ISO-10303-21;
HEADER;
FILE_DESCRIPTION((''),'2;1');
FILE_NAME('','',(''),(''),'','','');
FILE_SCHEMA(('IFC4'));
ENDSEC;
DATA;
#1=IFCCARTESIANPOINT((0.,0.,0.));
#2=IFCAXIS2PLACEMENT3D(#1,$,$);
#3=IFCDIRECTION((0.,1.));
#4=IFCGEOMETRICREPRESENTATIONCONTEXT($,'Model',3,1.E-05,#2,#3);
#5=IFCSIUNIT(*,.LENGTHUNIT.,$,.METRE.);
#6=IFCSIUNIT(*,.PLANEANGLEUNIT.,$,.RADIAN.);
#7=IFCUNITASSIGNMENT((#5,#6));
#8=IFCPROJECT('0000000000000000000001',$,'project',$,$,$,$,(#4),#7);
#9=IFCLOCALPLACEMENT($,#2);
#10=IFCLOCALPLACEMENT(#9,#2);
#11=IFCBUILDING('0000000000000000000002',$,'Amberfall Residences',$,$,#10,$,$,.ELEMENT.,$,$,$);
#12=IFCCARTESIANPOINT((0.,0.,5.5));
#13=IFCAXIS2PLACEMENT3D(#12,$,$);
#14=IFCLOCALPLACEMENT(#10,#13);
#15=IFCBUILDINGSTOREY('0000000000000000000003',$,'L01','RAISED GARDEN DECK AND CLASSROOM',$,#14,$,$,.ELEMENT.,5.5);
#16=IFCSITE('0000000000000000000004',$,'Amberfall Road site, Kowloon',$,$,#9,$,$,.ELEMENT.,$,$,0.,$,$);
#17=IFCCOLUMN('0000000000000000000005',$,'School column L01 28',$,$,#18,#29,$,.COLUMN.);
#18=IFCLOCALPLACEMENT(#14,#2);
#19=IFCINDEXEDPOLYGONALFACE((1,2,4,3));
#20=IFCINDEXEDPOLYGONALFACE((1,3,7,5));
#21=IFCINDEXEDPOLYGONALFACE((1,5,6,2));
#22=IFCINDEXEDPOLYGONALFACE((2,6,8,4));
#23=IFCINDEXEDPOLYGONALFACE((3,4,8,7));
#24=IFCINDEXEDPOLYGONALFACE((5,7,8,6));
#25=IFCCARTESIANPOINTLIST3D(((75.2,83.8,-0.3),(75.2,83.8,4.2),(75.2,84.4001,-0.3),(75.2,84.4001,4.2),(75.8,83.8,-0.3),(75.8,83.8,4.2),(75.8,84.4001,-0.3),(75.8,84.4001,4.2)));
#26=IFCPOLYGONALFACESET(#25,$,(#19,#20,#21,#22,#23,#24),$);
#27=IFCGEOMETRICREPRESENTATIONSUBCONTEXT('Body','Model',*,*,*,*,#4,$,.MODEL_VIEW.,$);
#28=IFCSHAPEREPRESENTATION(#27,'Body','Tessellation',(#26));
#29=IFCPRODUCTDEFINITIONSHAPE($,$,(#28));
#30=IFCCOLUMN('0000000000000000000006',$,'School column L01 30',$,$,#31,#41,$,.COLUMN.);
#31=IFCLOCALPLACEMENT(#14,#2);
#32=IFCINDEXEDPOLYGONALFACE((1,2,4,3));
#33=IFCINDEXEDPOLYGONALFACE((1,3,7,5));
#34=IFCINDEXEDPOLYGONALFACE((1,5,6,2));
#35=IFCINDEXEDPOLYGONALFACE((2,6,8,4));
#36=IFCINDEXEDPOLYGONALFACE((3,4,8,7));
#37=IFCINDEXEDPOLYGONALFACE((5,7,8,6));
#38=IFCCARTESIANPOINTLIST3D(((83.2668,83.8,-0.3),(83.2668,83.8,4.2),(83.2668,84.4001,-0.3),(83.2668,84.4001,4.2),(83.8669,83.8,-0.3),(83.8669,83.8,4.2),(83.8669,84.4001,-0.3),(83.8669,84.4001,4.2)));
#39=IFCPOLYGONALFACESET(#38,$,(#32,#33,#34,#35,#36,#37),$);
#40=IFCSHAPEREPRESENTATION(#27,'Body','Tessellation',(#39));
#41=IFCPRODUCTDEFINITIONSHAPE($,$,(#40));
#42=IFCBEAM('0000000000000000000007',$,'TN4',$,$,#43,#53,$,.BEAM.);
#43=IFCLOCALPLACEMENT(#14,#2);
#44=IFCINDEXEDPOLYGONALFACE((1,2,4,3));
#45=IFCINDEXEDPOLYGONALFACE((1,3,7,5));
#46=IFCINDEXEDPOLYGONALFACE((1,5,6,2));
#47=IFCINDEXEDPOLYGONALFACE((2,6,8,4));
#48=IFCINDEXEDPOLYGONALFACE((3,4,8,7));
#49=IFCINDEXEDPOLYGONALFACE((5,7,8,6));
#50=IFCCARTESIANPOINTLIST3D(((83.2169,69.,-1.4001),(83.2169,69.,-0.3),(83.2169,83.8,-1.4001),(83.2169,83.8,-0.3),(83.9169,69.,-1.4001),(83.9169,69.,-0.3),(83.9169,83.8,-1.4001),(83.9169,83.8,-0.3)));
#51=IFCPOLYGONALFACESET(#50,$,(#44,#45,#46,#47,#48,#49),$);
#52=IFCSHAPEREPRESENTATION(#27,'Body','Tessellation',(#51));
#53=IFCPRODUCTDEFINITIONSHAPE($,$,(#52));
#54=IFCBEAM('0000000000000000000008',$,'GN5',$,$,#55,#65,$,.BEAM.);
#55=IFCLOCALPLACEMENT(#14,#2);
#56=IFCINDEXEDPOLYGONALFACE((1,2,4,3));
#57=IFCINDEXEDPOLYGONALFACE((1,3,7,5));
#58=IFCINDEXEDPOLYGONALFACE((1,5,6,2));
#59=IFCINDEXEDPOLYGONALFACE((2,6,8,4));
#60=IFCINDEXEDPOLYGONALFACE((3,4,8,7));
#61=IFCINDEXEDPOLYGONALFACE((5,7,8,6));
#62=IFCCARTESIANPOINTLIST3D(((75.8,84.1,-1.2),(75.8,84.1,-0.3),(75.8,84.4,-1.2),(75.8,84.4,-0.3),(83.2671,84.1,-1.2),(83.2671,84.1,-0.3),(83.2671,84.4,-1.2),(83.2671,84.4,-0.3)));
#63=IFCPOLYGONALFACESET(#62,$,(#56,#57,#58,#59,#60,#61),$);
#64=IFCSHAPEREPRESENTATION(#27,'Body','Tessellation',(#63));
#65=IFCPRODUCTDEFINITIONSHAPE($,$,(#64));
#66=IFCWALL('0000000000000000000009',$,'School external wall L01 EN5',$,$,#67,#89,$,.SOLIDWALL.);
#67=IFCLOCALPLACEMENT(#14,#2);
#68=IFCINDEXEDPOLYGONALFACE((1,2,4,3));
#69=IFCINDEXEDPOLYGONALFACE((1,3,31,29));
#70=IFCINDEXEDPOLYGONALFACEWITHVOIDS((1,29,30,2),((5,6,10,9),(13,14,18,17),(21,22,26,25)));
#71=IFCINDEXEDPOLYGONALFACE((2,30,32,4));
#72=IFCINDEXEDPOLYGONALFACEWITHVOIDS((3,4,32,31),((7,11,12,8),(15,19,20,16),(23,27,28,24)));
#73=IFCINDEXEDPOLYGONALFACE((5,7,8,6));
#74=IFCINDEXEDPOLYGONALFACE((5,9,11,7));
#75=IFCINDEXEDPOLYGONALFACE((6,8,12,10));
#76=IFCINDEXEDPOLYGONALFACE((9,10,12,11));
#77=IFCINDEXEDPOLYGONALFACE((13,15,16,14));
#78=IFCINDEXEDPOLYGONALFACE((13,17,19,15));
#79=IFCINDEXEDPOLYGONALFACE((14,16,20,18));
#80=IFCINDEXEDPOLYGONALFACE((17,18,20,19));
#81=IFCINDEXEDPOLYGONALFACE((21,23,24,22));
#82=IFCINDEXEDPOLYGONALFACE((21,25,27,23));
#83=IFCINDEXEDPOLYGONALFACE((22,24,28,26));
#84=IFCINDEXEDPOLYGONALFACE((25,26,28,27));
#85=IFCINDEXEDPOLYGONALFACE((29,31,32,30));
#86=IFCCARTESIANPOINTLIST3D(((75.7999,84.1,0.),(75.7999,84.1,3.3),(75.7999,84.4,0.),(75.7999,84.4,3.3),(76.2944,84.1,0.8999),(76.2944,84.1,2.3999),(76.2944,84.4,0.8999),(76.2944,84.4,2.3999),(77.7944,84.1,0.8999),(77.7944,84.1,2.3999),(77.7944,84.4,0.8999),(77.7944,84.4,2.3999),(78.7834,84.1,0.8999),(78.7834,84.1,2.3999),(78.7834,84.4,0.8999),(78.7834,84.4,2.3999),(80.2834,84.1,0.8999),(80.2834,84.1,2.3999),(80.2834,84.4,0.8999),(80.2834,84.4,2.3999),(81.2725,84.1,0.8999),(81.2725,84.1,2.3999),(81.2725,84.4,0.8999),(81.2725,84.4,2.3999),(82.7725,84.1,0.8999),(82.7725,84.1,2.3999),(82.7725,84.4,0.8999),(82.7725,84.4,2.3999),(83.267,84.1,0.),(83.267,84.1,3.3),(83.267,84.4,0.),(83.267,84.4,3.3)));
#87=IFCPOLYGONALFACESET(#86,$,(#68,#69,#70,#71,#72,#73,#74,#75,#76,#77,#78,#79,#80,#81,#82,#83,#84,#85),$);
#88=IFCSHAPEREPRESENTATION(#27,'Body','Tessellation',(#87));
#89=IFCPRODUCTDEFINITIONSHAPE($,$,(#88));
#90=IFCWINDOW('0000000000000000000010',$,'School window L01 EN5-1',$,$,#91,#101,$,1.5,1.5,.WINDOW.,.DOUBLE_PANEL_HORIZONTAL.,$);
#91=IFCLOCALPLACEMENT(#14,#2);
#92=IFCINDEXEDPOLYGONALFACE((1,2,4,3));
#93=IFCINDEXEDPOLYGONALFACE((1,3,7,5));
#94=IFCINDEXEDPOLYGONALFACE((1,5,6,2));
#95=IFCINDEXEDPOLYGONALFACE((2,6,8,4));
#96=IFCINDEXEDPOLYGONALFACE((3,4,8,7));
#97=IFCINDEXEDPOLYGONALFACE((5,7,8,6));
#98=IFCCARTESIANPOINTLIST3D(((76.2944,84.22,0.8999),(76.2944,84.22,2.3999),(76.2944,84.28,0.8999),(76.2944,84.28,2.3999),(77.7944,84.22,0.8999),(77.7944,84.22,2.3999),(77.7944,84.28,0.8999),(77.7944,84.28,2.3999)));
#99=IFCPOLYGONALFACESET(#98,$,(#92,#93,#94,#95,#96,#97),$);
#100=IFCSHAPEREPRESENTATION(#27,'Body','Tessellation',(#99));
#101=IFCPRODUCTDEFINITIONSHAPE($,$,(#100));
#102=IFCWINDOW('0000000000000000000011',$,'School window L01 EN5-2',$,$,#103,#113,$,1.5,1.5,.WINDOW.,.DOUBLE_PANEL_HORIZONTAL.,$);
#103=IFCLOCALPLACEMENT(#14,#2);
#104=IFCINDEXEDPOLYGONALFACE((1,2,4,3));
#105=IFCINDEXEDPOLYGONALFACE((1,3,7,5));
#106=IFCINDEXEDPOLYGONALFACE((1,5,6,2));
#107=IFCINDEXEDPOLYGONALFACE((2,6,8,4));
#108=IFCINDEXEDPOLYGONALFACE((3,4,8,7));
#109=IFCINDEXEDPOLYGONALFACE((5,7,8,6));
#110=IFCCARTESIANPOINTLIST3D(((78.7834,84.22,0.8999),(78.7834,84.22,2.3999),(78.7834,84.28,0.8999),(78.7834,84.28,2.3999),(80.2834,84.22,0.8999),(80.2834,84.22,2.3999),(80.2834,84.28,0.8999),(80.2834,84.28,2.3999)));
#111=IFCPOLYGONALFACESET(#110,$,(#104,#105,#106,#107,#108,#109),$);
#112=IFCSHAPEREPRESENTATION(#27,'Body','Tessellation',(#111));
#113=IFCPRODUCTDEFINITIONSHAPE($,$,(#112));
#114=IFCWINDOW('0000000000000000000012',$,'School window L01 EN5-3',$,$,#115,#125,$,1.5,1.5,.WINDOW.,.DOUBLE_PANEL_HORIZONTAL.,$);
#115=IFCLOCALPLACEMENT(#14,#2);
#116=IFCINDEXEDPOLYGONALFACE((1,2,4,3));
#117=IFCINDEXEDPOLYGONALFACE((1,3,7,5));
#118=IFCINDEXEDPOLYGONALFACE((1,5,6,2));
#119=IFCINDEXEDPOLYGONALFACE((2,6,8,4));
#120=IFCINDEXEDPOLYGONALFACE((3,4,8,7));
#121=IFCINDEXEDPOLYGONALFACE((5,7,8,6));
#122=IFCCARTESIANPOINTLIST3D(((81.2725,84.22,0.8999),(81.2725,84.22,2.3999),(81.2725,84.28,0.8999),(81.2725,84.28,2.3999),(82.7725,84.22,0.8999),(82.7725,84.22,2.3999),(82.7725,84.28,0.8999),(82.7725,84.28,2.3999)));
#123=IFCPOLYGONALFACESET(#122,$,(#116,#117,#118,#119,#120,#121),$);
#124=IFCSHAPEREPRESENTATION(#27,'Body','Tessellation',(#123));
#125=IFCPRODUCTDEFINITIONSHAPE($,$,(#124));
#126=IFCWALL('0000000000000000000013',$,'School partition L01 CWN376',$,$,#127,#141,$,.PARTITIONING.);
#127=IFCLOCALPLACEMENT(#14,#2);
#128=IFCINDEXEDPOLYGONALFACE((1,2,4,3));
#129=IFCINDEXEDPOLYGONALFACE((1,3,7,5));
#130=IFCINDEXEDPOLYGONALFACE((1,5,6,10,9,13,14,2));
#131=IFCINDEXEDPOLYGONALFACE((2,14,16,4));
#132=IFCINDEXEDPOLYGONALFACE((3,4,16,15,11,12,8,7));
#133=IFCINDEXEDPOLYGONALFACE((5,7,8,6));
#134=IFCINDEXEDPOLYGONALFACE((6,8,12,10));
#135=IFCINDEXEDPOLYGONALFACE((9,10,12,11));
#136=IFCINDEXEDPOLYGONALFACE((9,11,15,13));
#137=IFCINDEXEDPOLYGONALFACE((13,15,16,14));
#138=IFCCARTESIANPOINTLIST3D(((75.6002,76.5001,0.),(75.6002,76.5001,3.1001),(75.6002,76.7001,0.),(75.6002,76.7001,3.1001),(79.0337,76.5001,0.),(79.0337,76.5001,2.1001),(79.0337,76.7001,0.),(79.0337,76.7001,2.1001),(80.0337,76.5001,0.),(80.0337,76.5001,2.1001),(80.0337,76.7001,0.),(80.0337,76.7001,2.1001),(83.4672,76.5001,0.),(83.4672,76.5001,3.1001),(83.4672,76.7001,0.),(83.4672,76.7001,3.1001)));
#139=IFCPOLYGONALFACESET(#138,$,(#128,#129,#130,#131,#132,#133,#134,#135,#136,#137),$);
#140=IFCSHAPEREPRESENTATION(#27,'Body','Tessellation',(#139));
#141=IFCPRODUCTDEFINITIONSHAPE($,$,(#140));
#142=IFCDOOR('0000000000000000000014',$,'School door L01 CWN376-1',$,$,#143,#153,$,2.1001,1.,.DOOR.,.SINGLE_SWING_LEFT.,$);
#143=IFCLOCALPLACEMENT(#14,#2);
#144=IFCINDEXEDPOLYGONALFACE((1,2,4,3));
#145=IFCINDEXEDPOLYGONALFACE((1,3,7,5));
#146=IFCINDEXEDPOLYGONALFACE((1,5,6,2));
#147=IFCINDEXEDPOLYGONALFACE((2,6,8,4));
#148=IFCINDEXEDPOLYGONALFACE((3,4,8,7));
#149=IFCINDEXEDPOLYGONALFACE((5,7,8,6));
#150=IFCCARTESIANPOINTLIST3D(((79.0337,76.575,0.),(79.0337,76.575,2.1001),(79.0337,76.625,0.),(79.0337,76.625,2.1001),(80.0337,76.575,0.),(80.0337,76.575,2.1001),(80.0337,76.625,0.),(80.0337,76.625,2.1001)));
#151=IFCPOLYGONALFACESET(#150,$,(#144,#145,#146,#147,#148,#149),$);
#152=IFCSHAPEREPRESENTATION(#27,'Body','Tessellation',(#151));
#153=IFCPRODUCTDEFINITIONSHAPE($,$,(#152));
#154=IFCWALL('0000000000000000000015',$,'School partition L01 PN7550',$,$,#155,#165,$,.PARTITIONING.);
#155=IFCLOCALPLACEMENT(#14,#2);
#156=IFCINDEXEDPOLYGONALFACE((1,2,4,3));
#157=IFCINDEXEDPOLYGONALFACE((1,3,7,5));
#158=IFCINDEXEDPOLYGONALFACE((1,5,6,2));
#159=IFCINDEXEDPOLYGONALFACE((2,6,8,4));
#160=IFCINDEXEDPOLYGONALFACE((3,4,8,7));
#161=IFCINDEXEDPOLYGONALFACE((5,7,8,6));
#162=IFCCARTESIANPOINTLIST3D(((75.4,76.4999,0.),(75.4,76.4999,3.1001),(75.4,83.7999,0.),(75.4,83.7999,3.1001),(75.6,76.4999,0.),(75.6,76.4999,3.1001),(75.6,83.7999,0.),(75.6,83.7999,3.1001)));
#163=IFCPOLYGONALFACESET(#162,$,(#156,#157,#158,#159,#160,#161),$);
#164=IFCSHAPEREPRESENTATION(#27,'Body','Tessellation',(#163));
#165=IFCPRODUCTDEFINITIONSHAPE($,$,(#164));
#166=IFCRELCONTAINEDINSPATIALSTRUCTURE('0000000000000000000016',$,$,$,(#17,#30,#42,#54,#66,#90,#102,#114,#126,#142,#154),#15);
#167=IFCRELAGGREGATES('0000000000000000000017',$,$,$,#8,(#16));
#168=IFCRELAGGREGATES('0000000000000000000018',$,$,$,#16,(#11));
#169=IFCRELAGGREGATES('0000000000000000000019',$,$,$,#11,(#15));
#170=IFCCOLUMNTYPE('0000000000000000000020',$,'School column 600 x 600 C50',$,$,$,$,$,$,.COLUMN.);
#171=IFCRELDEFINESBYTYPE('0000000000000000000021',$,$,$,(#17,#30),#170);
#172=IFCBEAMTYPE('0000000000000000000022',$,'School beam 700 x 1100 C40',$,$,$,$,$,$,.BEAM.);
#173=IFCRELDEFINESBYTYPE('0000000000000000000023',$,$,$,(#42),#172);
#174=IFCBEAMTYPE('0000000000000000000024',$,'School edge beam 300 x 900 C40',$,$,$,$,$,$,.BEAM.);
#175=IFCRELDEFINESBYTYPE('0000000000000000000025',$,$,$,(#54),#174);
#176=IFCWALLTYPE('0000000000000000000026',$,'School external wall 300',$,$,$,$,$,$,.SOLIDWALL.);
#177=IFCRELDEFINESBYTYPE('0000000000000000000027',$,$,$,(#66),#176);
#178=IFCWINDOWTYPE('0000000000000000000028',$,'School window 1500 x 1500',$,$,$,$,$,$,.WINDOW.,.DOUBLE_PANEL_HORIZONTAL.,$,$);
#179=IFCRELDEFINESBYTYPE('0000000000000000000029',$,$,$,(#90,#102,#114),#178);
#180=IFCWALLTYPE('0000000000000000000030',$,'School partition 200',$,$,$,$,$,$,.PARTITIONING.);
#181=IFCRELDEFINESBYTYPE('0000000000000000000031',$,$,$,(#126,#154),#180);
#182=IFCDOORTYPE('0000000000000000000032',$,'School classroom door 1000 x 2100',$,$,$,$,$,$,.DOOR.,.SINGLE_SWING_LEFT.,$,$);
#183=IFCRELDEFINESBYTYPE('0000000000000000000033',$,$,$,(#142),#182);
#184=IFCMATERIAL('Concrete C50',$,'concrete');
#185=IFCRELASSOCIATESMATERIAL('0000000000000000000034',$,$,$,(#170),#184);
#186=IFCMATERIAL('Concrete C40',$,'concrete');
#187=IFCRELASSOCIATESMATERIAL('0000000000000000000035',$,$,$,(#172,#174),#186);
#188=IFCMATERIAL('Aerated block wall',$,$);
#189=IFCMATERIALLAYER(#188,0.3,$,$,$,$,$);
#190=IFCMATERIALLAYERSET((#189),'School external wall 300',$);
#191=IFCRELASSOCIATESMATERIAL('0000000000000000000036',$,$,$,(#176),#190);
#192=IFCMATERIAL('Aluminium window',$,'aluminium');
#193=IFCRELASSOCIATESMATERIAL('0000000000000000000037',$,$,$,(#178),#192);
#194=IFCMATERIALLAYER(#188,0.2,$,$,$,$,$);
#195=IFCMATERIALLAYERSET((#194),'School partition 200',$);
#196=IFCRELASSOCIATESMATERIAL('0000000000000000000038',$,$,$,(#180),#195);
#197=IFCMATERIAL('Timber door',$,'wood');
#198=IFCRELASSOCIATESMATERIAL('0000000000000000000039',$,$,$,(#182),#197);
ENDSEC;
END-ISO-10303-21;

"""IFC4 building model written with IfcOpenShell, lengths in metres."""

from ifc_helpers import new_model, si_unit, direction, frame, frame_2d, origin, origin_2d, place, context, subcontext, project, spatial, rectangle, extrude, material, layer, layer_set, material_profile, profile_set, type_object, element, fill, save


model = new_model("IFC4")

# Units and contexts
model_context = context("Model", 3, precision=1e-05, world=origin(), true_north=direction((0.0, 1.0)))
body_context = subcontext(model_context, "Body", "Model", "MODEL_VIEW")
ifc_project = project(units=[si_unit("LENGTHUNIT", "METRE"), si_unit("PLANEANGLEUNIT", "RADIAN")], contexts=[model_context])

# Site, building, storey
site_placement = place(None, origin())
site = spatial("IfcSite", under=ifc_project, at=site_placement, Name="Amberfall Road site, Kowloon", CompositionType="ELEMENT", RefElevation=0.0)
building_placement = place(site_placement, origin())
building = spatial("IfcBuilding", under=site, at=building_placement, Name="Amberfall Residences", CompositionType="ELEMENT")
storey_placement = place(building_placement, frame((0.0, 0.0, 5.5)))
storey = spatial("IfcBuildingStorey", under=building, at=storey_placement, Name="L01", Description="RAISED GARDEN DECK AND CLASSROOM", CompositionType="ELEMENT", Elevation=5.5)

# Columns
ifc_material_1 = material(Name="Concrete C50", Category="concrete")
ifc_material_profile_1 = material_profile(ifc_material_1, rectangle(XDim=0.6001, YDim=0.6001, at=origin_2d()), Name="School column 600 x 600 C50")
ifc_profile_set_1 = profile_set([ifc_material_profile_1], Name="Concrete C50")
column_type = type_object("IfcColumnType", Name="School column 600 x 600 C50", PredefinedType="COLUMN", material=ifc_profile_set_1)
for number, where, z_axis, x_axis, name in (
    (1, (75.5, 84.1001, -0.3), (0.0, 0.0, 1.0), (1.0, 0.0, 0.0), "School column L01 28"),
    (2, (83.5669, 84.1001, -0.3), (0.0, 0.0, 1.0), (1.0, 0.0, 0.0), "School column L01 30"),
):
    element("IfcColumn", number, at=place(storey_placement, frame(where, z_axis=z_axis, x_axis=x_axis)), inside=storey, type_object=column_type, Name=name, PredefinedType="COLUMN", context=body_context, shape_type="SweptSolid", body=[
        extrude(rectangle(XDim=0.6001, YDim=0.6001, at=origin_2d()), origin(), (0.0, 0.0, 1.0), 4.5),
    ])

# Beams
ifc_material_2 = material(Name="Concrete C40", Category="concrete")
ifc_material_profile_2 = material_profile(ifc_material_2, rectangle(XDim=0.7, YDim=1.1001, at=origin_2d()), Name="School beam 700 x 1100 C40")
ifc_profile_set_2 = profile_set([ifc_material_profile_2], Name="Concrete C40")
beam_type_1 = type_object("IfcBeamType", Name="School beam 700 x 1100 C40", PredefinedType="BEAM", material=ifc_profile_set_2)
beam_1_placement = place(storey_placement, frame((83.5669, 69.0, -0.8501), z_axis=(0.0, 1.0, 0.0), x_axis=(-1.0, 0.0, 0.0)))
element("IfcBeam", 3, at=beam_1_placement, inside=storey, type_object=beam_type_1, Name="TN4", PredefinedType="BEAM", context=body_context, shape_type="SweptSolid", body=[
    extrude(rectangle(XDim=0.7, YDim=1.1001, at=origin_2d()), origin(), (0.0, 0.0, 1.0), 14.8),
])
ifc_material_profile_3 = material_profile(ifc_material_2, rectangle(XDim=0.3, YDim=0.8999, at=origin_2d()), Name="School edge beam 300 x 900 C40")
ifc_profile_set_3 = profile_set([ifc_material_profile_3], Name="Concrete C40")
beam_type_2 = type_object("IfcBeamType", Name="School edge beam 300 x 900 C40", PredefinedType="BEAM", material=ifc_profile_set_3)
beam_2_placement = place(storey_placement, frame((75.8, 84.25, -0.75), z_axis=(1.0, 0.0, 0.0), x_axis=(0.0, 1.0, 0.0)))
element("IfcBeam", 4, at=beam_2_placement, inside=storey, type_object=beam_type_2, Name="GN5", PredefinedType="BEAM", context=body_context, shape_type="SweptSolid", body=[
    extrude(rectangle(XDim=0.3, YDim=0.8999, at=origin_2d()), origin(), (0.0, 0.0, 1.0), 7.467),
])

# Wall, openings, windows
ifc_material_3 = material(Name="Aerated block wall")
ifc_layer_1 = layer(ifc_material_3, 0.3)
ifc_layer_set_1 = layer_set([ifc_layer_1], Name="School external wall 300")
wall_type_1 = type_object("IfcWallType", Name="School external wall 300", PredefinedType="SOLIDWALL", material=ifc_layer_set_1)
wall_1_placement = place(storey_placement, frame((75.8, 84.25, 0.0), z_axis=(0.0, 0.0, 1.0), x_axis=(1.0, 0.0, 0.0)))
wall_1 = element("IfcWall", 5, at=wall_1_placement, inside=storey, type_object=wall_type_1, Name="School external wall L01 EN5", PredefinedType="SOLIDWALL", context=body_context, shape_type="SweptSolid", body=[
    extrude(rectangle(XDim=7.467, YDim=0.3, at=frame_2d((3.7334, 0.0))), origin(), (0.0, 0.0, 1.0), 3.3),
])
opening_1_placement = place(wall_1_placement, frame((0.4944, 0.0, 0.8999)))
opening_1 = element("IfcOpeningElement", 6, at=opening_1_placement, cuts=wall_1, PredefinedType="OPENING", context=body_context, shape_type="SweptSolid", body=[
    extrude(rectangle(XDim=1.5, YDim=1.5, at=frame_2d((0.75, 0.75))), frame((0.0, 0.1599, 0.0), z_axis=(0.0, -1.0, 0.0), x_axis=(1.0, 0.0, 0.0)), (0.0, 0.0, 1.0), 0.3201),
])
opening_2_placement = place(wall_1_placement, frame((2.9834, 0.0, 0.8999)))
opening_2 = element("IfcOpeningElement", 7, at=opening_2_placement, cuts=wall_1, PredefinedType="OPENING", context=body_context, shape_type="SweptSolid", body=[
    extrude(rectangle(XDim=1.5, YDim=1.5, at=frame_2d((0.75, 0.75))), frame((0.0, 0.1599, 0.0), z_axis=(0.0, -1.0, 0.0), x_axis=(1.0, 0.0, 0.0)), (0.0, 0.0, 1.0), 0.3201),
])
opening_3_placement = place(wall_1_placement, frame((5.4724, 0.0, 0.8999)))
opening_3 = element("IfcOpeningElement", 8, at=opening_3_placement, cuts=wall_1, PredefinedType="OPENING", context=body_context, shape_type="SweptSolid", body=[
    extrude(rectangle(XDim=1.5, YDim=1.5, at=frame_2d((0.75, 0.75))), frame((0.0, 0.1599, 0.0), z_axis=(0.0, -1.0, 0.0), x_axis=(1.0, 0.0, 0.0)), (0.0, 0.0, 1.0), 0.3201),
])
ifc_material_4 = material(Name="Aluminium window", Category="aluminium")
window_type = type_object("IfcWindowType", Name="School window 1500 x 1500", PartitioningType="DOUBLE_PANEL_HORIZONTAL", PredefinedType="WINDOW", material=ifc_material_4)
window_1_placement = place(opening_1_placement, origin())
window_1 = element("IfcWindow", 9, at=window_1_placement, inside=storey, type_object=window_type, Name="School window L01 EN5-1", OverallHeight=1.5, OverallWidth=1.5, PartitioningType="DOUBLE_PANEL_HORIZONTAL", PredefinedType="WINDOW", context=body_context, shape_type="SweptSolid", body=[
    extrude(rectangle(XDim=1.5, YDim=1.5, at=frame_2d((0.75, 0.75))), frame((0.0, 0.03, 0.0), z_axis=(0.0, -1.0, 0.0), x_axis=(1.0, 0.0, 0.0)), (0.0, 0.0, 1.0), 0.0601),
])
fill(opening_1, window_1)
window_2_placement = place(opening_2_placement, origin())
window_2 = element("IfcWindow", 10, at=window_2_placement, inside=storey, type_object=window_type, Name="School window L01 EN5-2", OverallHeight=1.5, OverallWidth=1.5, PartitioningType="DOUBLE_PANEL_HORIZONTAL", PredefinedType="WINDOW", context=body_context, shape_type="SweptSolid", body=[
    extrude(rectangle(XDim=1.5, YDim=1.5, at=frame_2d((0.75, 0.75))), frame((0.0, 0.03, 0.0), z_axis=(0.0, -1.0, 0.0), x_axis=(1.0, 0.0, 0.0)), (0.0, 0.0, 1.0), 0.0601),
])
fill(opening_2, window_2)
window_3_placement = place(opening_3_placement, origin())
window_3 = element("IfcWindow", 11, at=window_3_placement, inside=storey, type_object=window_type, Name="School window L01 EN5-3", OverallHeight=1.5, OverallWidth=1.5, PartitioningType="DOUBLE_PANEL_HORIZONTAL", PredefinedType="WINDOW", context=body_context, shape_type="SweptSolid", body=[
    extrude(rectangle(XDim=1.5, YDim=1.5, at=frame_2d((0.75, 0.75))), frame((0.0, 0.03, 0.0), z_axis=(0.0, -1.0, 0.0), x_axis=(1.0, 0.0, 0.0)), (0.0, 0.0, 1.0), 0.0601),
])
fill(opening_3, window_3)

# Wall, opening, door
ifc_layer_2 = layer(ifc_material_3, 0.2)
ifc_layer_set_2 = layer_set([ifc_layer_2], Name="School partition 200")
wall_type_2 = type_object("IfcWallType", Name="School partition 200", PredefinedType="PARTITIONING", material=ifc_layer_set_2)
wall_2_placement = place(storey_placement, frame((75.6001, 76.6001, 0.0), z_axis=(0.0, 0.0, 1.0), x_axis=(1.0, 0.0, 0.0)))
wall_2 = element("IfcWall", 12, at=wall_2_placement, inside=storey, type_object=wall_type_2, Name="School partition L01 CWN376", PredefinedType="PARTITIONING", context=body_context, shape_type="SweptSolid", body=[
    extrude(rectangle(XDim=7.8669, YDim=0.2, at=frame_2d((3.9336, 0.0))), origin(), (0.0, 0.0, 1.0), 3.1001),
])
opening_4_placement = place(wall_2_placement, frame((3.4336, 0.0, 0.0)))
opening_4 = element("IfcOpeningElement", 13, at=opening_4_placement, cuts=wall_2, PredefinedType="OPENING", context=body_context, shape_type="SweptSolid", body=[
    extrude(rectangle(XDim=1.0, YDim=2.1001, at=frame_2d((0.5, 1.05))), frame((0.0, 0.1099, 0.0), z_axis=(0.0, -1.0, 0.0), x_axis=(1.0, 0.0, 0.0)), (0.0, 0.0, 1.0), 0.22),
])
ifc_material_5 = material(Name="Timber door", Category="wood")
door_type_1 = type_object("IfcDoorType", Name="School classroom door 1000 x 2100", OperationType="SINGLE_SWING_LEFT", PredefinedType="DOOR", material=ifc_material_5)
door_1_placement = place(opening_4_placement, origin())
door_1 = element("IfcDoor", 14, at=door_1_placement, inside=storey, type_object=door_type_1, Name="School door L01 CWN376-1", OperationType="SINGLE_SWING_LEFT", OverallHeight=2.1001, OverallWidth=1.0, PredefinedType="DOOR", context=body_context, shape_type="SweptSolid", body=[
    extrude(rectangle(XDim=1.0, YDim=2.1001, at=frame_2d((0.5, 1.05))), frame((0.0, 0.0249, 0.0), z_axis=(0.0, -1.0, 0.0), x_axis=(1.0, 0.0, 0.0)), (0.0, 0.0, 1.0), 0.05),
])
fill(opening_4, door_1)

# Wall
for number, where, z_axis, x_axis, name in (
    (15, (75.5, 76.5, 0.0), (0.0, 0.0, 1.0), (0.0, 1.0, 0.0), "School partition L01 PN7550"),
):
    element("IfcWall", number, at=place(storey_placement, frame(where, z_axis=z_axis, x_axis=x_axis)), inside=storey, type_object=wall_type_2, Name=name, PredefinedType="PARTITIONING", context=body_context, shape_type="SweptSolid", body=[
        extrude(rectangle(XDim=7.3, YDim=0.2, at=frame_2d((3.6499, 0.0))), origin(), (0.0, 0.0, 1.0), 3.1001),
    ])

save(model, "model.ifc")
